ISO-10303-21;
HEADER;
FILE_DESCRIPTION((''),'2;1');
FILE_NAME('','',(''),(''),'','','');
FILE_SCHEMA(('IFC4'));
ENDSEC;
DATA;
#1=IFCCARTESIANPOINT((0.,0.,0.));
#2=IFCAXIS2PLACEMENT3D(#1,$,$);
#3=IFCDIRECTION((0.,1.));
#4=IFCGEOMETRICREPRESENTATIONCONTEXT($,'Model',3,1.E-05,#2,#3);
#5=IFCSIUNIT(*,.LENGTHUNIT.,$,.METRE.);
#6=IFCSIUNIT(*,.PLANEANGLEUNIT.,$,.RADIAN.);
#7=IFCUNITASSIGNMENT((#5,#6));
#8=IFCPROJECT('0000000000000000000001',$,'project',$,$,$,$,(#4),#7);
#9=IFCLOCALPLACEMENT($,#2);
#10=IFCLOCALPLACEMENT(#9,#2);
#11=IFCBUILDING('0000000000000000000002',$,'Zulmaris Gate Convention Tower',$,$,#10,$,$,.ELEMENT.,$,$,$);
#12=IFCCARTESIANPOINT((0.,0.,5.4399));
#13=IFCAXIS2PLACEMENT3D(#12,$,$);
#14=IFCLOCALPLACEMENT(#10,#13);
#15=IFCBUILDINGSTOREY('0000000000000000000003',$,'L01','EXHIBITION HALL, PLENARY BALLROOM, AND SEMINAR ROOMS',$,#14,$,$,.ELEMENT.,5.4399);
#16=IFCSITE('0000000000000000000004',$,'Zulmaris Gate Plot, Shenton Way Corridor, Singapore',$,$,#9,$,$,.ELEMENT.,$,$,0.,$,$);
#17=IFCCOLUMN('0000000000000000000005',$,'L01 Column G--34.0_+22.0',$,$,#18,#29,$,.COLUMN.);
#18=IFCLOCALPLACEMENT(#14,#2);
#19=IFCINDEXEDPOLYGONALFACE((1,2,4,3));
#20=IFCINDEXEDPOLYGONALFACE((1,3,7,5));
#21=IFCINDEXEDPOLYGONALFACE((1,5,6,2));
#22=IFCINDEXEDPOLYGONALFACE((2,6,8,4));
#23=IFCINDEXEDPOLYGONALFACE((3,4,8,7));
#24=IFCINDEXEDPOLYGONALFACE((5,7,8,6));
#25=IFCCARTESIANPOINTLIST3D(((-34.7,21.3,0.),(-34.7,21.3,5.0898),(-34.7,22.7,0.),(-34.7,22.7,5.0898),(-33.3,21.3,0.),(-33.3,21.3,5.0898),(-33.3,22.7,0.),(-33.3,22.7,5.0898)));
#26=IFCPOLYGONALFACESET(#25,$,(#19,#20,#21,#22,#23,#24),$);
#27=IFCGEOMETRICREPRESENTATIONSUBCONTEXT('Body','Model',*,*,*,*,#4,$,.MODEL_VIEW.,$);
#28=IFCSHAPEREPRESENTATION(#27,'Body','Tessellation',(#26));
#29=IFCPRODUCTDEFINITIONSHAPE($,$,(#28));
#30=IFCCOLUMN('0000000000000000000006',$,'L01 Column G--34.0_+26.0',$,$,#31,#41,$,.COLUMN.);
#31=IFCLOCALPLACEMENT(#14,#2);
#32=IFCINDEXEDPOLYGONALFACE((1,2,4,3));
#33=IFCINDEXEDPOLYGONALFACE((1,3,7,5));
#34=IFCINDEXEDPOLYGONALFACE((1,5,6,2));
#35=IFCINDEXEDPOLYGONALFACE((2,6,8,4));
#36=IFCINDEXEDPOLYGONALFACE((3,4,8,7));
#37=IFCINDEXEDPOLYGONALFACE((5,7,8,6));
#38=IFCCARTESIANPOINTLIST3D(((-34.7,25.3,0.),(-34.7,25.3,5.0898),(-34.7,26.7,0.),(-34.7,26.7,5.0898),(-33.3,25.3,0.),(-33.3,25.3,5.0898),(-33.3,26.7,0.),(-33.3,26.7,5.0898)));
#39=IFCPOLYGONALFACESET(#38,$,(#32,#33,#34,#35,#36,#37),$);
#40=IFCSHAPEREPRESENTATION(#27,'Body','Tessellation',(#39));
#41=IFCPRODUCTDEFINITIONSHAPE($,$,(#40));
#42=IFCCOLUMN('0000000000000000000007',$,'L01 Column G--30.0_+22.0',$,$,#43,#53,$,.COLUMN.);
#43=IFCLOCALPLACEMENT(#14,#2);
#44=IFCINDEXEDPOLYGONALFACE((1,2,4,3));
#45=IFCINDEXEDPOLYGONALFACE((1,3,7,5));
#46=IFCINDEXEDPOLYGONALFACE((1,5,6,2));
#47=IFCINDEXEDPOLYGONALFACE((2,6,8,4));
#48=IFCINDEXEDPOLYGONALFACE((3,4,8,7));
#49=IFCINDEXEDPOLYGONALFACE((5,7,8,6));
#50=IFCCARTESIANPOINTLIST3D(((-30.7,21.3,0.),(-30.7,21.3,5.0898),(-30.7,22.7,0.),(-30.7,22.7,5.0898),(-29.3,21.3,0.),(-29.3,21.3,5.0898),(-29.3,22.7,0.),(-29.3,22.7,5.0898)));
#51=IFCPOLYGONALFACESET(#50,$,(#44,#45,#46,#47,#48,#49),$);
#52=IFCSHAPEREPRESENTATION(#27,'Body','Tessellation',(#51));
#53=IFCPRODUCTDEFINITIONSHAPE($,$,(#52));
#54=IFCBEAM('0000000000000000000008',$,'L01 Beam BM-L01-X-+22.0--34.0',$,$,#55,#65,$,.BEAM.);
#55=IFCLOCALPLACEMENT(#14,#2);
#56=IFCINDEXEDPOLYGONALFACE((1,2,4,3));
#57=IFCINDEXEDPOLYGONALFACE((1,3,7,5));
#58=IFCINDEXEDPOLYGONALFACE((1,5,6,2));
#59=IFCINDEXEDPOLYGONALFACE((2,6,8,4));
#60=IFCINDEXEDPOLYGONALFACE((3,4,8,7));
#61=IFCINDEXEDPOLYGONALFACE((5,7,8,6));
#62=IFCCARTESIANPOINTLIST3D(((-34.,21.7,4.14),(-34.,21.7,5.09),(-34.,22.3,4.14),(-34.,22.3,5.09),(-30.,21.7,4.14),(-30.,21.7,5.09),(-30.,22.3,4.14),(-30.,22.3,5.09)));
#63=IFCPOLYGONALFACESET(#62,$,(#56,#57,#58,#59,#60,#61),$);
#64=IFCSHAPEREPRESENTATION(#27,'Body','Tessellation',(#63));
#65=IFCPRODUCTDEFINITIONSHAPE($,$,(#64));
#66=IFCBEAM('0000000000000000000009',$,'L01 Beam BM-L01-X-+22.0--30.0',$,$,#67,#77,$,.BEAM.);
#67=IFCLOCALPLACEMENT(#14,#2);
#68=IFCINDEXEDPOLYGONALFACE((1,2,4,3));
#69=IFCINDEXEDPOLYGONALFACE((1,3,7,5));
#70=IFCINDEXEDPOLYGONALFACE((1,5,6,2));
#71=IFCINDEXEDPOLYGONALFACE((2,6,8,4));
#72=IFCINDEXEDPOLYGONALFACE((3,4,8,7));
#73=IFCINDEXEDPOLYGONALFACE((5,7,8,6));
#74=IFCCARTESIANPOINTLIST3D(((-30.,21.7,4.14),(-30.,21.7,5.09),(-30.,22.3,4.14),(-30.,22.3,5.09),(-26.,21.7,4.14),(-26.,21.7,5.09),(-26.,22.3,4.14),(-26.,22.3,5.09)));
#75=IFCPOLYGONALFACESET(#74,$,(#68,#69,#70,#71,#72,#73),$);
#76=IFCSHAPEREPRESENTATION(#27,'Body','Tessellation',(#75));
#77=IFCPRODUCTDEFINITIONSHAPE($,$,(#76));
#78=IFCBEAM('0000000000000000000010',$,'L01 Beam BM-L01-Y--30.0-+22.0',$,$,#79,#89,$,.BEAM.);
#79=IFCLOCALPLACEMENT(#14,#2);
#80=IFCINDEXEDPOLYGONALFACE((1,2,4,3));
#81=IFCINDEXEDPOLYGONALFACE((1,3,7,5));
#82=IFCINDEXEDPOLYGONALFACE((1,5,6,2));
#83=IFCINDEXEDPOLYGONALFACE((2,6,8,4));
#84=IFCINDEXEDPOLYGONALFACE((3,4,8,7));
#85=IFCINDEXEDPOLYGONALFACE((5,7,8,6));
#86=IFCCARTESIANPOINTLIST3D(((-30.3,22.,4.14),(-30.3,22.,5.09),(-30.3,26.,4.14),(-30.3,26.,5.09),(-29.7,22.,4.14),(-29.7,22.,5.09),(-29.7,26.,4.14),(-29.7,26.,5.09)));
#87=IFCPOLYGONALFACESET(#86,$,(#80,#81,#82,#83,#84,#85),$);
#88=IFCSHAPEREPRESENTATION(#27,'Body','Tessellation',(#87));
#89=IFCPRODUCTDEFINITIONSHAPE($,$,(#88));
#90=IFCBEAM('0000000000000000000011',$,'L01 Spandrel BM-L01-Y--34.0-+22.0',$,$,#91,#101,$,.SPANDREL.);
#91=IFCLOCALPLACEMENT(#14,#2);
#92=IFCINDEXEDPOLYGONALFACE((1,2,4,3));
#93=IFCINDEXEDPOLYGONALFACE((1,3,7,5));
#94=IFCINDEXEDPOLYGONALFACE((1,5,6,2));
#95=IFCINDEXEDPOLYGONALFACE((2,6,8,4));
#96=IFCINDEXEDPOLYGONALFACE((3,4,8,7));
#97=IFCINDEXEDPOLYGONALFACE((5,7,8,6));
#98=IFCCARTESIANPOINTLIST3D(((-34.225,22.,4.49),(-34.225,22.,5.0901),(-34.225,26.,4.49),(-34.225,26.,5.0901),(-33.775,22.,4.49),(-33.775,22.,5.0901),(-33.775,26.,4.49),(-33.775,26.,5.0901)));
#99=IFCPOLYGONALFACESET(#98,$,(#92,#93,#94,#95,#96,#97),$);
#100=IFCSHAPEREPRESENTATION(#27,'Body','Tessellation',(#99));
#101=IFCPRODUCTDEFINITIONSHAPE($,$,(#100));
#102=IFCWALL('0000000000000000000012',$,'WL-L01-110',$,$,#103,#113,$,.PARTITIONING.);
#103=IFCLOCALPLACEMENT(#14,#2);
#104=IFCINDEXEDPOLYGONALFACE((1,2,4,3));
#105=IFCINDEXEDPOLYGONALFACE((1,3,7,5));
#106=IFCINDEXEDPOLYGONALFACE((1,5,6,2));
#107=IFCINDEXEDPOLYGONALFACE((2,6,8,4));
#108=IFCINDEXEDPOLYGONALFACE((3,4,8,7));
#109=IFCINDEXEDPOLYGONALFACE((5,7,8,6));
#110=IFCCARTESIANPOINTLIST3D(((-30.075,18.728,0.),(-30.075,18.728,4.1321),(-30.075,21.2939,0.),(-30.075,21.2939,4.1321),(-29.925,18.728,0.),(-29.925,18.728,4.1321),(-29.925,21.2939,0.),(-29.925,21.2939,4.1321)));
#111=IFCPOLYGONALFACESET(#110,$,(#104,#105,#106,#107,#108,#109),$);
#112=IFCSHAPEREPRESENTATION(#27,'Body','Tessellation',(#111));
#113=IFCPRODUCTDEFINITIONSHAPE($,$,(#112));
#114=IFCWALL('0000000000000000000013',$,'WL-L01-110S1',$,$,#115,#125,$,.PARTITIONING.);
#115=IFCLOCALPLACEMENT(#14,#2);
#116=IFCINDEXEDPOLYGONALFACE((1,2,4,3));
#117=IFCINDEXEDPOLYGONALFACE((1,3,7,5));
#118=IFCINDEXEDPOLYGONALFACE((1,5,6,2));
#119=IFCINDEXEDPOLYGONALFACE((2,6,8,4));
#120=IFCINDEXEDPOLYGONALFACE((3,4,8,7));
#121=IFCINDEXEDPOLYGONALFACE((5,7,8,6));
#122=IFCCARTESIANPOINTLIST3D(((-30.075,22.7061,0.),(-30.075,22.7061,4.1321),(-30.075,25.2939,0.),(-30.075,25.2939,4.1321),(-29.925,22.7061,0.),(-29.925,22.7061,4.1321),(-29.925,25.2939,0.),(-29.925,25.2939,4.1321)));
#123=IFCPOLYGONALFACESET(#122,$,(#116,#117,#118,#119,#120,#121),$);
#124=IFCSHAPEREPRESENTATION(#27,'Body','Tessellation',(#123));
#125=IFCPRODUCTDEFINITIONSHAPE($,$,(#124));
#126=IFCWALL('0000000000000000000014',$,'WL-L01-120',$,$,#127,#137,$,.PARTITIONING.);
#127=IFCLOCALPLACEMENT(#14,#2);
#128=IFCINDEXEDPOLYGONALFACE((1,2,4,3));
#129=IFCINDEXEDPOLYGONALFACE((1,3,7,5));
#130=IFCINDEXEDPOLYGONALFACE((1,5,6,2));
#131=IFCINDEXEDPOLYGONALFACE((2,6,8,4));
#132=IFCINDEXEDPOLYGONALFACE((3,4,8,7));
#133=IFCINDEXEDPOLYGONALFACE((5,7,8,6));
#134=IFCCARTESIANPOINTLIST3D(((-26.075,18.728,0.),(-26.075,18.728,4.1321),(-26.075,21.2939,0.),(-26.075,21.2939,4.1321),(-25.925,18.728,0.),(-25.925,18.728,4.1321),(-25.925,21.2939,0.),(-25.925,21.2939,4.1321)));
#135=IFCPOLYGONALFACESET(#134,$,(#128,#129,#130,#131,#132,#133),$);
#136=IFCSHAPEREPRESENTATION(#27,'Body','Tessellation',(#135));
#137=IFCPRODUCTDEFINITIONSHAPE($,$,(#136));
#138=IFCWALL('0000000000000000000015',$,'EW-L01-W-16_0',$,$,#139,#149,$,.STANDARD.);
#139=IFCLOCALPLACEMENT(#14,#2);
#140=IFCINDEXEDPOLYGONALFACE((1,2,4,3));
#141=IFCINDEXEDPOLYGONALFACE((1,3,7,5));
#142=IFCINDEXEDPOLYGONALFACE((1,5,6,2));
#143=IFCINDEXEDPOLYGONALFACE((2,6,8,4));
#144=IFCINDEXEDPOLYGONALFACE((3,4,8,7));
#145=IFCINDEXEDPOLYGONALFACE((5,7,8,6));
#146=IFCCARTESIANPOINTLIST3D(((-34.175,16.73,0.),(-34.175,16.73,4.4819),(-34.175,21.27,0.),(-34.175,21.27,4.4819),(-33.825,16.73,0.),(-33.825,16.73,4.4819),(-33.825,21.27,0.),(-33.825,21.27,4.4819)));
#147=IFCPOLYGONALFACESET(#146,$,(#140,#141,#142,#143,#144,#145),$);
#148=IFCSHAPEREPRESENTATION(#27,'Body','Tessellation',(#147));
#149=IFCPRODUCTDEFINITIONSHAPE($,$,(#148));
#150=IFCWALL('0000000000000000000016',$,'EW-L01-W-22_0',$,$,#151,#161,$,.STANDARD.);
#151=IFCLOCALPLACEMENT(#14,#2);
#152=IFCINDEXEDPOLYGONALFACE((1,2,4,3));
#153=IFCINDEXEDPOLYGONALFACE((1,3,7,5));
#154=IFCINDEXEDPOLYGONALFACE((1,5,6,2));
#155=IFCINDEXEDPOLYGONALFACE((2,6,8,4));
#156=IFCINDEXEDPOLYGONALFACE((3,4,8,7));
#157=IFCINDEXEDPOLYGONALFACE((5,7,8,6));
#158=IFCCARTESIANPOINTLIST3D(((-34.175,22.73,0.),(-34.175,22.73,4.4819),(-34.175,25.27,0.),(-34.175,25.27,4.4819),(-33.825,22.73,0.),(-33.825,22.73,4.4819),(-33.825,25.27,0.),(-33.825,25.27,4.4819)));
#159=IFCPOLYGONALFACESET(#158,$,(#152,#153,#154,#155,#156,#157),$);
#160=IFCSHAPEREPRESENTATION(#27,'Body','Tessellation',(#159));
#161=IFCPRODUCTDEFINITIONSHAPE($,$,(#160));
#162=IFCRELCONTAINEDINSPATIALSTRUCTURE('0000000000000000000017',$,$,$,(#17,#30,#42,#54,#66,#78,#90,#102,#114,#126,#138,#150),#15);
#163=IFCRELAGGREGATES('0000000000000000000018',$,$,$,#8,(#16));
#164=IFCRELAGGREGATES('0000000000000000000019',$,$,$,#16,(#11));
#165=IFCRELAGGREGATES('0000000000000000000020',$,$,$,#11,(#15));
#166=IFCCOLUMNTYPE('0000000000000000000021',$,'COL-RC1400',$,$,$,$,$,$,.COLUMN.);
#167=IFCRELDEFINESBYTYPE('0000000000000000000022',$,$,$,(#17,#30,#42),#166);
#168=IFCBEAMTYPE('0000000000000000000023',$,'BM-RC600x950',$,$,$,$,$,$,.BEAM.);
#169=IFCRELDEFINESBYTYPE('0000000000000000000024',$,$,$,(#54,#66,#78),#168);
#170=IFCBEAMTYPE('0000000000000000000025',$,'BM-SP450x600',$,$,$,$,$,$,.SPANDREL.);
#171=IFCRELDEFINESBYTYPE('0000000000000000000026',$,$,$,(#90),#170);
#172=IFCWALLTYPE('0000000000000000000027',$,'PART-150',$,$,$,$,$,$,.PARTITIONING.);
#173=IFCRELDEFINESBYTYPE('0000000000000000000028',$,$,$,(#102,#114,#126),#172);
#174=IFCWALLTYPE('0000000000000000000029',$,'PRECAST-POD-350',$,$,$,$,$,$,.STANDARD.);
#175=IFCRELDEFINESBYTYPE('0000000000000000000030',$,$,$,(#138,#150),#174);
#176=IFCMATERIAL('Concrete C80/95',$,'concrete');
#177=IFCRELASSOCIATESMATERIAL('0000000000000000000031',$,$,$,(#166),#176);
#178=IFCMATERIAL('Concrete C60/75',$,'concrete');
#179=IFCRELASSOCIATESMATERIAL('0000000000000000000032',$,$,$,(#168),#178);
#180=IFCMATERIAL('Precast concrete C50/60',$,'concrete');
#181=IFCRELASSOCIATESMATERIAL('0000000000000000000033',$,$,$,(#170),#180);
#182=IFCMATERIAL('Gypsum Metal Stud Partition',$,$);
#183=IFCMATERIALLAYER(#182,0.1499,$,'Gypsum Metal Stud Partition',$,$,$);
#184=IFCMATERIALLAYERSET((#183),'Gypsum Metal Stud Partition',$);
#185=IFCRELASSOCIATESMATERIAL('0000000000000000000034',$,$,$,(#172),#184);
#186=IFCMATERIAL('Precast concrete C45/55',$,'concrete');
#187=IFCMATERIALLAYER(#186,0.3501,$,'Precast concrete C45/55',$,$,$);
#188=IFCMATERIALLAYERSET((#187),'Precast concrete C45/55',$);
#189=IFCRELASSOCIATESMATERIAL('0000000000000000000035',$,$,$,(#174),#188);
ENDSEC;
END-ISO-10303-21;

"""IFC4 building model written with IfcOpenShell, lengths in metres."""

from ifc_helpers import new_model, si_unit, direction, frame, frame_2d, origin, origin_2d, place, context, subcontext, project, spatial, rectangle, extrude, material, layer, layer_set, material_profile, profile_set, type_object, element, save


model = new_model("IFC4")

# Units and contexts
model_context = context("Model", 3, precision=1e-05, world=origin(), true_north=direction((0.0, 1.0)))
body_context = subcontext(model_context, "Body", "Model", "MODEL_VIEW")
ifc_project = project(units=[si_unit("LENGTHUNIT", "METRE"), si_unit("PLANEANGLEUNIT", "RADIAN")], contexts=[model_context])

# Site, building, storey
site_placement = place(None, origin())
site = spatial("IfcSite", under=ifc_project, at=site_placement, Name="Zulmaris Gate Plot, Shenton Way Corridor, Singapore", CompositionType="ELEMENT", RefElevation=0.0)
building_placement = place(site_placement, origin())
building = spatial("IfcBuilding", under=site, at=building_placement, Name="Zulmaris Gate Convention Tower", CompositionType="ELEMENT")
storey_placement = place(building_placement, frame((0.0, 0.0, 5.4399)))
storey = spatial("IfcBuildingStorey", under=building, at=storey_placement, Name="L01", Description="EXHIBITION HALL, PLENARY BALLROOM, AND SEMINAR ROOMS", CompositionType="ELEMENT", Elevation=5.4399)

# Columns
ifc_material_1 = material(Name="Concrete C80/95", Category="concrete")
ifc_material_profile_1 = material_profile(ifc_material_1, rectangle(XDim=1.3999, YDim=1.3999, at=origin_2d()), Name="RC COL 1400x1400")
ifc_profile_set_1 = profile_set([ifc_material_profile_1], Name="Concrete C80/95")
column_type = type_object("IfcColumnType", Name="COL-RC1400", PredefinedType="COLUMN", material=ifc_profile_set_1)
for number, where, z_axis, x_axis, name in (
    (1, (-34.0, 22.0, 0.0), (0.0, 0.0, 1.0), (1.0, 0.0, 0.0), "L01 Column G--34.0_+22.0"),
    (2, (-34.0, 26.0, 0.0), (0.0, 0.0, 1.0), (1.0, 0.0, 0.0), "L01 Column G--34.0_+26.0"),
    (3, (-30.0, 22.0, 0.0), (0.0, 0.0, 1.0), (1.0, 0.0, 0.0), "L01 Column G--30.0_+22.0"),
):
    element("IfcColumn", number, at=place(storey_placement, frame(where, z_axis=z_axis, x_axis=x_axis)), inside=storey, type_object=column_type, Name=name, PredefinedType="COLUMN", context=body_context, shape_type="SweptSolid", body=[
        extrude(rectangle(XDim=1.3999, YDim=1.3999, at=origin_2d()), origin(), (0.0, 0.0, 1.0), 5.0898),
    ])

# Beams
ifc_material_2 = material(Name="Concrete C60/75", Category="concrete")
ifc_material_profile_2 = material_profile(ifc_material_2, rectangle(XDim=0.6001, YDim=0.95, at=origin_2d()), Name="RC BEAM 600x950")
ifc_profile_set_2 = profile_set([ifc_material_profile_2], Name="Concrete C60/75")
beam_type_1 = type_object("IfcBeamType", Name="BM-RC600x950", PredefinedType="BEAM", material=ifc_profile_set_2)
for number, where, z_axis, x_axis, name in (
    (4, (-34.0, 22.0, 4.615), (1.0, 0.0, 0.0), (0.0, 1.0, 0.0), "L01 Beam BM-L01-X-+22.0--34.0"),
    (5, (-30.0, 22.0, 4.615), (1.0, 0.0, 0.0), (0.0, 1.0, 0.0), "L01 Beam BM-L01-X-+22.0--30.0"),
    (6, (-30.0, 22.0, 4.615), (0.0, 1.0, 0.0), (-1.0, 0.0, 0.0), "L01 Beam BM-L01-Y--30.0-+22.0"),
):
    element("IfcBeam", number, at=place(storey_placement, frame(where, z_axis=z_axis, x_axis=x_axis)), inside=storey, type_object=beam_type_1, Name=name, PredefinedType="BEAM", context=body_context, shape_type="SweptSolid", body=[
        extrude(rectangle(XDim=0.6001, YDim=0.95, at=origin_2d()), origin(), (0.0, 0.0, 1.0), 4.0),
    ])
ifc_material_3 = material(Name="Precast concrete C50/60", Category="concrete")
ifc_material_profile_3 = material_profile(ifc_material_3, rectangle(XDim=0.45, YDim=0.6001, at=origin_2d()), Name="RC SPANDREL 450x600")
ifc_profile_set_3 = profile_set([ifc_material_profile_3], Name="Precast concrete C50/60")
beam_type_2 = type_object("IfcBeamType", Name="BM-SP450x600", PredefinedType="SPANDREL", material=ifc_profile_set_3)
beam_placement = place(storey_placement, frame((-34.0, 22.0, 4.79), z_axis=(0.0, 1.0, 0.0), x_axis=(-1.0, 0.0, 0.0)))
element("IfcBeam", 7, at=beam_placement, inside=storey, type_object=beam_type_2, Name="L01 Spandrel BM-L01-Y--34.0-+22.0", PredefinedType="SPANDREL", context=body_context, shape_type="SweptSolid", body=[
    extrude(rectangle(XDim=0.45, YDim=0.6001, at=origin_2d()), origin(), (0.0, 0.0, 1.0), 4.0),
])

# Shared definitions
ifc_material_4 = material(Name="Gypsum Metal Stud Partition")
ifc_layer_1 = layer(ifc_material_4, 0.1499, Name="Gypsum Metal Stud Partition")
ifc_layer_set_1 = layer_set([ifc_layer_1], Name="Gypsum Metal Stud Partition")
wall_type_1 = type_object("IfcWallType", Name="PART-150", PredefinedType="PARTITIONING", material=ifc_layer_set_1)

# Walls
wall_1_placement = place(storey_placement, frame((-30.0, 18.728, 0.0), z_axis=(0.0, 0.0, 1.0), x_axis=(0.0, 1.0, 0.0)))
element("IfcWall", 8, at=wall_1_placement, inside=storey, type_object=wall_type_1, Name="WL-L01-110", PredefinedType="PARTITIONING", context=body_context, shape_type="SweptSolid", body=[
    extrude(rectangle(XDim=2.5659, YDim=0.1499, at=frame_2d((1.283, 0.0))), origin(), (0.0, 0.0, 1.0), 4.1321),
])
wall_2_placement = place(storey_placement, frame((-30.0, 22.7061, 0.0), z_axis=(0.0, 0.0, 1.0), x_axis=(0.0, 1.0, 0.0)))
element("IfcWall", 9, at=wall_2_placement, inside=storey, type_object=wall_type_1, Name="WL-L01-110S1", PredefinedType="PARTITIONING", context=body_context, shape_type="SweptSolid", body=[
    extrude(rectangle(XDim=2.5879, YDim=0.1499, at=frame_2d((1.2939, 0.0))), origin(), (0.0, 0.0, 1.0), 4.1321),
])
wall_3_placement = place(storey_placement, frame((-26.0, 18.728, 0.0), z_axis=(0.0, 0.0, 1.0), x_axis=(0.0, 1.0, 0.0)))
element("IfcWall", 10, at=wall_3_placement, inside=storey, type_object=wall_type_1, Name="WL-L01-120", PredefinedType="PARTITIONING", context=body_context, shape_type="SweptSolid", body=[
    extrude(rectangle(XDim=2.5659, YDim=0.1499, at=frame_2d((1.283, 0.0))), origin(), (0.0, 0.0, 1.0), 4.1321),
])
ifc_material_5 = material(Name="Precast concrete C45/55", Category="concrete")
ifc_layer_2 = layer(ifc_material_5, 0.3501, Name="Precast concrete C45/55")
ifc_layer_set_2 = layer_set([ifc_layer_2], Name="Precast concrete C45/55")
wall_type_2 = type_object("IfcWallType", Name="PRECAST-POD-350", PredefinedType="STANDARD", material=ifc_layer_set_2)
wall_4_placement = place(storey_placement, frame((-34.0, 16.73, 0.0), z_axis=(0.0, 0.0, 1.0), x_axis=(0.0, 1.0, 0.0)))
element("IfcWall", 11, at=wall_4_placement, inside=storey, type_object=wall_type_2, Name="EW-L01-W-16_0", PredefinedType="STANDARD", context=body_context, shape_type="SweptSolid", body=[
    extrude(rectangle(XDim=4.54, YDim=0.3501, at=frame_2d((2.27, 0.0))), origin(), (0.0, 0.0, 1.0), 4.4819),
])
wall_5_placement = place(storey_placement, frame((-34.0, 22.73, 0.0), z_axis=(0.0, 0.0, 1.0), x_axis=(0.0, 1.0, 0.0)))
element("IfcWall", 12, at=wall_5_placement, inside=storey, type_object=wall_type_2, Name="EW-L01-W-22_0", PredefinedType="STANDARD", context=body_context, shape_type="SweptSolid", body=[
    extrude(rectangle(XDim=2.54, YDim=0.3501, at=frame_2d((1.27, 0.0))), origin(), (0.0, 0.0, 1.0), 4.4819),
])

save(model, "model.ifc")
